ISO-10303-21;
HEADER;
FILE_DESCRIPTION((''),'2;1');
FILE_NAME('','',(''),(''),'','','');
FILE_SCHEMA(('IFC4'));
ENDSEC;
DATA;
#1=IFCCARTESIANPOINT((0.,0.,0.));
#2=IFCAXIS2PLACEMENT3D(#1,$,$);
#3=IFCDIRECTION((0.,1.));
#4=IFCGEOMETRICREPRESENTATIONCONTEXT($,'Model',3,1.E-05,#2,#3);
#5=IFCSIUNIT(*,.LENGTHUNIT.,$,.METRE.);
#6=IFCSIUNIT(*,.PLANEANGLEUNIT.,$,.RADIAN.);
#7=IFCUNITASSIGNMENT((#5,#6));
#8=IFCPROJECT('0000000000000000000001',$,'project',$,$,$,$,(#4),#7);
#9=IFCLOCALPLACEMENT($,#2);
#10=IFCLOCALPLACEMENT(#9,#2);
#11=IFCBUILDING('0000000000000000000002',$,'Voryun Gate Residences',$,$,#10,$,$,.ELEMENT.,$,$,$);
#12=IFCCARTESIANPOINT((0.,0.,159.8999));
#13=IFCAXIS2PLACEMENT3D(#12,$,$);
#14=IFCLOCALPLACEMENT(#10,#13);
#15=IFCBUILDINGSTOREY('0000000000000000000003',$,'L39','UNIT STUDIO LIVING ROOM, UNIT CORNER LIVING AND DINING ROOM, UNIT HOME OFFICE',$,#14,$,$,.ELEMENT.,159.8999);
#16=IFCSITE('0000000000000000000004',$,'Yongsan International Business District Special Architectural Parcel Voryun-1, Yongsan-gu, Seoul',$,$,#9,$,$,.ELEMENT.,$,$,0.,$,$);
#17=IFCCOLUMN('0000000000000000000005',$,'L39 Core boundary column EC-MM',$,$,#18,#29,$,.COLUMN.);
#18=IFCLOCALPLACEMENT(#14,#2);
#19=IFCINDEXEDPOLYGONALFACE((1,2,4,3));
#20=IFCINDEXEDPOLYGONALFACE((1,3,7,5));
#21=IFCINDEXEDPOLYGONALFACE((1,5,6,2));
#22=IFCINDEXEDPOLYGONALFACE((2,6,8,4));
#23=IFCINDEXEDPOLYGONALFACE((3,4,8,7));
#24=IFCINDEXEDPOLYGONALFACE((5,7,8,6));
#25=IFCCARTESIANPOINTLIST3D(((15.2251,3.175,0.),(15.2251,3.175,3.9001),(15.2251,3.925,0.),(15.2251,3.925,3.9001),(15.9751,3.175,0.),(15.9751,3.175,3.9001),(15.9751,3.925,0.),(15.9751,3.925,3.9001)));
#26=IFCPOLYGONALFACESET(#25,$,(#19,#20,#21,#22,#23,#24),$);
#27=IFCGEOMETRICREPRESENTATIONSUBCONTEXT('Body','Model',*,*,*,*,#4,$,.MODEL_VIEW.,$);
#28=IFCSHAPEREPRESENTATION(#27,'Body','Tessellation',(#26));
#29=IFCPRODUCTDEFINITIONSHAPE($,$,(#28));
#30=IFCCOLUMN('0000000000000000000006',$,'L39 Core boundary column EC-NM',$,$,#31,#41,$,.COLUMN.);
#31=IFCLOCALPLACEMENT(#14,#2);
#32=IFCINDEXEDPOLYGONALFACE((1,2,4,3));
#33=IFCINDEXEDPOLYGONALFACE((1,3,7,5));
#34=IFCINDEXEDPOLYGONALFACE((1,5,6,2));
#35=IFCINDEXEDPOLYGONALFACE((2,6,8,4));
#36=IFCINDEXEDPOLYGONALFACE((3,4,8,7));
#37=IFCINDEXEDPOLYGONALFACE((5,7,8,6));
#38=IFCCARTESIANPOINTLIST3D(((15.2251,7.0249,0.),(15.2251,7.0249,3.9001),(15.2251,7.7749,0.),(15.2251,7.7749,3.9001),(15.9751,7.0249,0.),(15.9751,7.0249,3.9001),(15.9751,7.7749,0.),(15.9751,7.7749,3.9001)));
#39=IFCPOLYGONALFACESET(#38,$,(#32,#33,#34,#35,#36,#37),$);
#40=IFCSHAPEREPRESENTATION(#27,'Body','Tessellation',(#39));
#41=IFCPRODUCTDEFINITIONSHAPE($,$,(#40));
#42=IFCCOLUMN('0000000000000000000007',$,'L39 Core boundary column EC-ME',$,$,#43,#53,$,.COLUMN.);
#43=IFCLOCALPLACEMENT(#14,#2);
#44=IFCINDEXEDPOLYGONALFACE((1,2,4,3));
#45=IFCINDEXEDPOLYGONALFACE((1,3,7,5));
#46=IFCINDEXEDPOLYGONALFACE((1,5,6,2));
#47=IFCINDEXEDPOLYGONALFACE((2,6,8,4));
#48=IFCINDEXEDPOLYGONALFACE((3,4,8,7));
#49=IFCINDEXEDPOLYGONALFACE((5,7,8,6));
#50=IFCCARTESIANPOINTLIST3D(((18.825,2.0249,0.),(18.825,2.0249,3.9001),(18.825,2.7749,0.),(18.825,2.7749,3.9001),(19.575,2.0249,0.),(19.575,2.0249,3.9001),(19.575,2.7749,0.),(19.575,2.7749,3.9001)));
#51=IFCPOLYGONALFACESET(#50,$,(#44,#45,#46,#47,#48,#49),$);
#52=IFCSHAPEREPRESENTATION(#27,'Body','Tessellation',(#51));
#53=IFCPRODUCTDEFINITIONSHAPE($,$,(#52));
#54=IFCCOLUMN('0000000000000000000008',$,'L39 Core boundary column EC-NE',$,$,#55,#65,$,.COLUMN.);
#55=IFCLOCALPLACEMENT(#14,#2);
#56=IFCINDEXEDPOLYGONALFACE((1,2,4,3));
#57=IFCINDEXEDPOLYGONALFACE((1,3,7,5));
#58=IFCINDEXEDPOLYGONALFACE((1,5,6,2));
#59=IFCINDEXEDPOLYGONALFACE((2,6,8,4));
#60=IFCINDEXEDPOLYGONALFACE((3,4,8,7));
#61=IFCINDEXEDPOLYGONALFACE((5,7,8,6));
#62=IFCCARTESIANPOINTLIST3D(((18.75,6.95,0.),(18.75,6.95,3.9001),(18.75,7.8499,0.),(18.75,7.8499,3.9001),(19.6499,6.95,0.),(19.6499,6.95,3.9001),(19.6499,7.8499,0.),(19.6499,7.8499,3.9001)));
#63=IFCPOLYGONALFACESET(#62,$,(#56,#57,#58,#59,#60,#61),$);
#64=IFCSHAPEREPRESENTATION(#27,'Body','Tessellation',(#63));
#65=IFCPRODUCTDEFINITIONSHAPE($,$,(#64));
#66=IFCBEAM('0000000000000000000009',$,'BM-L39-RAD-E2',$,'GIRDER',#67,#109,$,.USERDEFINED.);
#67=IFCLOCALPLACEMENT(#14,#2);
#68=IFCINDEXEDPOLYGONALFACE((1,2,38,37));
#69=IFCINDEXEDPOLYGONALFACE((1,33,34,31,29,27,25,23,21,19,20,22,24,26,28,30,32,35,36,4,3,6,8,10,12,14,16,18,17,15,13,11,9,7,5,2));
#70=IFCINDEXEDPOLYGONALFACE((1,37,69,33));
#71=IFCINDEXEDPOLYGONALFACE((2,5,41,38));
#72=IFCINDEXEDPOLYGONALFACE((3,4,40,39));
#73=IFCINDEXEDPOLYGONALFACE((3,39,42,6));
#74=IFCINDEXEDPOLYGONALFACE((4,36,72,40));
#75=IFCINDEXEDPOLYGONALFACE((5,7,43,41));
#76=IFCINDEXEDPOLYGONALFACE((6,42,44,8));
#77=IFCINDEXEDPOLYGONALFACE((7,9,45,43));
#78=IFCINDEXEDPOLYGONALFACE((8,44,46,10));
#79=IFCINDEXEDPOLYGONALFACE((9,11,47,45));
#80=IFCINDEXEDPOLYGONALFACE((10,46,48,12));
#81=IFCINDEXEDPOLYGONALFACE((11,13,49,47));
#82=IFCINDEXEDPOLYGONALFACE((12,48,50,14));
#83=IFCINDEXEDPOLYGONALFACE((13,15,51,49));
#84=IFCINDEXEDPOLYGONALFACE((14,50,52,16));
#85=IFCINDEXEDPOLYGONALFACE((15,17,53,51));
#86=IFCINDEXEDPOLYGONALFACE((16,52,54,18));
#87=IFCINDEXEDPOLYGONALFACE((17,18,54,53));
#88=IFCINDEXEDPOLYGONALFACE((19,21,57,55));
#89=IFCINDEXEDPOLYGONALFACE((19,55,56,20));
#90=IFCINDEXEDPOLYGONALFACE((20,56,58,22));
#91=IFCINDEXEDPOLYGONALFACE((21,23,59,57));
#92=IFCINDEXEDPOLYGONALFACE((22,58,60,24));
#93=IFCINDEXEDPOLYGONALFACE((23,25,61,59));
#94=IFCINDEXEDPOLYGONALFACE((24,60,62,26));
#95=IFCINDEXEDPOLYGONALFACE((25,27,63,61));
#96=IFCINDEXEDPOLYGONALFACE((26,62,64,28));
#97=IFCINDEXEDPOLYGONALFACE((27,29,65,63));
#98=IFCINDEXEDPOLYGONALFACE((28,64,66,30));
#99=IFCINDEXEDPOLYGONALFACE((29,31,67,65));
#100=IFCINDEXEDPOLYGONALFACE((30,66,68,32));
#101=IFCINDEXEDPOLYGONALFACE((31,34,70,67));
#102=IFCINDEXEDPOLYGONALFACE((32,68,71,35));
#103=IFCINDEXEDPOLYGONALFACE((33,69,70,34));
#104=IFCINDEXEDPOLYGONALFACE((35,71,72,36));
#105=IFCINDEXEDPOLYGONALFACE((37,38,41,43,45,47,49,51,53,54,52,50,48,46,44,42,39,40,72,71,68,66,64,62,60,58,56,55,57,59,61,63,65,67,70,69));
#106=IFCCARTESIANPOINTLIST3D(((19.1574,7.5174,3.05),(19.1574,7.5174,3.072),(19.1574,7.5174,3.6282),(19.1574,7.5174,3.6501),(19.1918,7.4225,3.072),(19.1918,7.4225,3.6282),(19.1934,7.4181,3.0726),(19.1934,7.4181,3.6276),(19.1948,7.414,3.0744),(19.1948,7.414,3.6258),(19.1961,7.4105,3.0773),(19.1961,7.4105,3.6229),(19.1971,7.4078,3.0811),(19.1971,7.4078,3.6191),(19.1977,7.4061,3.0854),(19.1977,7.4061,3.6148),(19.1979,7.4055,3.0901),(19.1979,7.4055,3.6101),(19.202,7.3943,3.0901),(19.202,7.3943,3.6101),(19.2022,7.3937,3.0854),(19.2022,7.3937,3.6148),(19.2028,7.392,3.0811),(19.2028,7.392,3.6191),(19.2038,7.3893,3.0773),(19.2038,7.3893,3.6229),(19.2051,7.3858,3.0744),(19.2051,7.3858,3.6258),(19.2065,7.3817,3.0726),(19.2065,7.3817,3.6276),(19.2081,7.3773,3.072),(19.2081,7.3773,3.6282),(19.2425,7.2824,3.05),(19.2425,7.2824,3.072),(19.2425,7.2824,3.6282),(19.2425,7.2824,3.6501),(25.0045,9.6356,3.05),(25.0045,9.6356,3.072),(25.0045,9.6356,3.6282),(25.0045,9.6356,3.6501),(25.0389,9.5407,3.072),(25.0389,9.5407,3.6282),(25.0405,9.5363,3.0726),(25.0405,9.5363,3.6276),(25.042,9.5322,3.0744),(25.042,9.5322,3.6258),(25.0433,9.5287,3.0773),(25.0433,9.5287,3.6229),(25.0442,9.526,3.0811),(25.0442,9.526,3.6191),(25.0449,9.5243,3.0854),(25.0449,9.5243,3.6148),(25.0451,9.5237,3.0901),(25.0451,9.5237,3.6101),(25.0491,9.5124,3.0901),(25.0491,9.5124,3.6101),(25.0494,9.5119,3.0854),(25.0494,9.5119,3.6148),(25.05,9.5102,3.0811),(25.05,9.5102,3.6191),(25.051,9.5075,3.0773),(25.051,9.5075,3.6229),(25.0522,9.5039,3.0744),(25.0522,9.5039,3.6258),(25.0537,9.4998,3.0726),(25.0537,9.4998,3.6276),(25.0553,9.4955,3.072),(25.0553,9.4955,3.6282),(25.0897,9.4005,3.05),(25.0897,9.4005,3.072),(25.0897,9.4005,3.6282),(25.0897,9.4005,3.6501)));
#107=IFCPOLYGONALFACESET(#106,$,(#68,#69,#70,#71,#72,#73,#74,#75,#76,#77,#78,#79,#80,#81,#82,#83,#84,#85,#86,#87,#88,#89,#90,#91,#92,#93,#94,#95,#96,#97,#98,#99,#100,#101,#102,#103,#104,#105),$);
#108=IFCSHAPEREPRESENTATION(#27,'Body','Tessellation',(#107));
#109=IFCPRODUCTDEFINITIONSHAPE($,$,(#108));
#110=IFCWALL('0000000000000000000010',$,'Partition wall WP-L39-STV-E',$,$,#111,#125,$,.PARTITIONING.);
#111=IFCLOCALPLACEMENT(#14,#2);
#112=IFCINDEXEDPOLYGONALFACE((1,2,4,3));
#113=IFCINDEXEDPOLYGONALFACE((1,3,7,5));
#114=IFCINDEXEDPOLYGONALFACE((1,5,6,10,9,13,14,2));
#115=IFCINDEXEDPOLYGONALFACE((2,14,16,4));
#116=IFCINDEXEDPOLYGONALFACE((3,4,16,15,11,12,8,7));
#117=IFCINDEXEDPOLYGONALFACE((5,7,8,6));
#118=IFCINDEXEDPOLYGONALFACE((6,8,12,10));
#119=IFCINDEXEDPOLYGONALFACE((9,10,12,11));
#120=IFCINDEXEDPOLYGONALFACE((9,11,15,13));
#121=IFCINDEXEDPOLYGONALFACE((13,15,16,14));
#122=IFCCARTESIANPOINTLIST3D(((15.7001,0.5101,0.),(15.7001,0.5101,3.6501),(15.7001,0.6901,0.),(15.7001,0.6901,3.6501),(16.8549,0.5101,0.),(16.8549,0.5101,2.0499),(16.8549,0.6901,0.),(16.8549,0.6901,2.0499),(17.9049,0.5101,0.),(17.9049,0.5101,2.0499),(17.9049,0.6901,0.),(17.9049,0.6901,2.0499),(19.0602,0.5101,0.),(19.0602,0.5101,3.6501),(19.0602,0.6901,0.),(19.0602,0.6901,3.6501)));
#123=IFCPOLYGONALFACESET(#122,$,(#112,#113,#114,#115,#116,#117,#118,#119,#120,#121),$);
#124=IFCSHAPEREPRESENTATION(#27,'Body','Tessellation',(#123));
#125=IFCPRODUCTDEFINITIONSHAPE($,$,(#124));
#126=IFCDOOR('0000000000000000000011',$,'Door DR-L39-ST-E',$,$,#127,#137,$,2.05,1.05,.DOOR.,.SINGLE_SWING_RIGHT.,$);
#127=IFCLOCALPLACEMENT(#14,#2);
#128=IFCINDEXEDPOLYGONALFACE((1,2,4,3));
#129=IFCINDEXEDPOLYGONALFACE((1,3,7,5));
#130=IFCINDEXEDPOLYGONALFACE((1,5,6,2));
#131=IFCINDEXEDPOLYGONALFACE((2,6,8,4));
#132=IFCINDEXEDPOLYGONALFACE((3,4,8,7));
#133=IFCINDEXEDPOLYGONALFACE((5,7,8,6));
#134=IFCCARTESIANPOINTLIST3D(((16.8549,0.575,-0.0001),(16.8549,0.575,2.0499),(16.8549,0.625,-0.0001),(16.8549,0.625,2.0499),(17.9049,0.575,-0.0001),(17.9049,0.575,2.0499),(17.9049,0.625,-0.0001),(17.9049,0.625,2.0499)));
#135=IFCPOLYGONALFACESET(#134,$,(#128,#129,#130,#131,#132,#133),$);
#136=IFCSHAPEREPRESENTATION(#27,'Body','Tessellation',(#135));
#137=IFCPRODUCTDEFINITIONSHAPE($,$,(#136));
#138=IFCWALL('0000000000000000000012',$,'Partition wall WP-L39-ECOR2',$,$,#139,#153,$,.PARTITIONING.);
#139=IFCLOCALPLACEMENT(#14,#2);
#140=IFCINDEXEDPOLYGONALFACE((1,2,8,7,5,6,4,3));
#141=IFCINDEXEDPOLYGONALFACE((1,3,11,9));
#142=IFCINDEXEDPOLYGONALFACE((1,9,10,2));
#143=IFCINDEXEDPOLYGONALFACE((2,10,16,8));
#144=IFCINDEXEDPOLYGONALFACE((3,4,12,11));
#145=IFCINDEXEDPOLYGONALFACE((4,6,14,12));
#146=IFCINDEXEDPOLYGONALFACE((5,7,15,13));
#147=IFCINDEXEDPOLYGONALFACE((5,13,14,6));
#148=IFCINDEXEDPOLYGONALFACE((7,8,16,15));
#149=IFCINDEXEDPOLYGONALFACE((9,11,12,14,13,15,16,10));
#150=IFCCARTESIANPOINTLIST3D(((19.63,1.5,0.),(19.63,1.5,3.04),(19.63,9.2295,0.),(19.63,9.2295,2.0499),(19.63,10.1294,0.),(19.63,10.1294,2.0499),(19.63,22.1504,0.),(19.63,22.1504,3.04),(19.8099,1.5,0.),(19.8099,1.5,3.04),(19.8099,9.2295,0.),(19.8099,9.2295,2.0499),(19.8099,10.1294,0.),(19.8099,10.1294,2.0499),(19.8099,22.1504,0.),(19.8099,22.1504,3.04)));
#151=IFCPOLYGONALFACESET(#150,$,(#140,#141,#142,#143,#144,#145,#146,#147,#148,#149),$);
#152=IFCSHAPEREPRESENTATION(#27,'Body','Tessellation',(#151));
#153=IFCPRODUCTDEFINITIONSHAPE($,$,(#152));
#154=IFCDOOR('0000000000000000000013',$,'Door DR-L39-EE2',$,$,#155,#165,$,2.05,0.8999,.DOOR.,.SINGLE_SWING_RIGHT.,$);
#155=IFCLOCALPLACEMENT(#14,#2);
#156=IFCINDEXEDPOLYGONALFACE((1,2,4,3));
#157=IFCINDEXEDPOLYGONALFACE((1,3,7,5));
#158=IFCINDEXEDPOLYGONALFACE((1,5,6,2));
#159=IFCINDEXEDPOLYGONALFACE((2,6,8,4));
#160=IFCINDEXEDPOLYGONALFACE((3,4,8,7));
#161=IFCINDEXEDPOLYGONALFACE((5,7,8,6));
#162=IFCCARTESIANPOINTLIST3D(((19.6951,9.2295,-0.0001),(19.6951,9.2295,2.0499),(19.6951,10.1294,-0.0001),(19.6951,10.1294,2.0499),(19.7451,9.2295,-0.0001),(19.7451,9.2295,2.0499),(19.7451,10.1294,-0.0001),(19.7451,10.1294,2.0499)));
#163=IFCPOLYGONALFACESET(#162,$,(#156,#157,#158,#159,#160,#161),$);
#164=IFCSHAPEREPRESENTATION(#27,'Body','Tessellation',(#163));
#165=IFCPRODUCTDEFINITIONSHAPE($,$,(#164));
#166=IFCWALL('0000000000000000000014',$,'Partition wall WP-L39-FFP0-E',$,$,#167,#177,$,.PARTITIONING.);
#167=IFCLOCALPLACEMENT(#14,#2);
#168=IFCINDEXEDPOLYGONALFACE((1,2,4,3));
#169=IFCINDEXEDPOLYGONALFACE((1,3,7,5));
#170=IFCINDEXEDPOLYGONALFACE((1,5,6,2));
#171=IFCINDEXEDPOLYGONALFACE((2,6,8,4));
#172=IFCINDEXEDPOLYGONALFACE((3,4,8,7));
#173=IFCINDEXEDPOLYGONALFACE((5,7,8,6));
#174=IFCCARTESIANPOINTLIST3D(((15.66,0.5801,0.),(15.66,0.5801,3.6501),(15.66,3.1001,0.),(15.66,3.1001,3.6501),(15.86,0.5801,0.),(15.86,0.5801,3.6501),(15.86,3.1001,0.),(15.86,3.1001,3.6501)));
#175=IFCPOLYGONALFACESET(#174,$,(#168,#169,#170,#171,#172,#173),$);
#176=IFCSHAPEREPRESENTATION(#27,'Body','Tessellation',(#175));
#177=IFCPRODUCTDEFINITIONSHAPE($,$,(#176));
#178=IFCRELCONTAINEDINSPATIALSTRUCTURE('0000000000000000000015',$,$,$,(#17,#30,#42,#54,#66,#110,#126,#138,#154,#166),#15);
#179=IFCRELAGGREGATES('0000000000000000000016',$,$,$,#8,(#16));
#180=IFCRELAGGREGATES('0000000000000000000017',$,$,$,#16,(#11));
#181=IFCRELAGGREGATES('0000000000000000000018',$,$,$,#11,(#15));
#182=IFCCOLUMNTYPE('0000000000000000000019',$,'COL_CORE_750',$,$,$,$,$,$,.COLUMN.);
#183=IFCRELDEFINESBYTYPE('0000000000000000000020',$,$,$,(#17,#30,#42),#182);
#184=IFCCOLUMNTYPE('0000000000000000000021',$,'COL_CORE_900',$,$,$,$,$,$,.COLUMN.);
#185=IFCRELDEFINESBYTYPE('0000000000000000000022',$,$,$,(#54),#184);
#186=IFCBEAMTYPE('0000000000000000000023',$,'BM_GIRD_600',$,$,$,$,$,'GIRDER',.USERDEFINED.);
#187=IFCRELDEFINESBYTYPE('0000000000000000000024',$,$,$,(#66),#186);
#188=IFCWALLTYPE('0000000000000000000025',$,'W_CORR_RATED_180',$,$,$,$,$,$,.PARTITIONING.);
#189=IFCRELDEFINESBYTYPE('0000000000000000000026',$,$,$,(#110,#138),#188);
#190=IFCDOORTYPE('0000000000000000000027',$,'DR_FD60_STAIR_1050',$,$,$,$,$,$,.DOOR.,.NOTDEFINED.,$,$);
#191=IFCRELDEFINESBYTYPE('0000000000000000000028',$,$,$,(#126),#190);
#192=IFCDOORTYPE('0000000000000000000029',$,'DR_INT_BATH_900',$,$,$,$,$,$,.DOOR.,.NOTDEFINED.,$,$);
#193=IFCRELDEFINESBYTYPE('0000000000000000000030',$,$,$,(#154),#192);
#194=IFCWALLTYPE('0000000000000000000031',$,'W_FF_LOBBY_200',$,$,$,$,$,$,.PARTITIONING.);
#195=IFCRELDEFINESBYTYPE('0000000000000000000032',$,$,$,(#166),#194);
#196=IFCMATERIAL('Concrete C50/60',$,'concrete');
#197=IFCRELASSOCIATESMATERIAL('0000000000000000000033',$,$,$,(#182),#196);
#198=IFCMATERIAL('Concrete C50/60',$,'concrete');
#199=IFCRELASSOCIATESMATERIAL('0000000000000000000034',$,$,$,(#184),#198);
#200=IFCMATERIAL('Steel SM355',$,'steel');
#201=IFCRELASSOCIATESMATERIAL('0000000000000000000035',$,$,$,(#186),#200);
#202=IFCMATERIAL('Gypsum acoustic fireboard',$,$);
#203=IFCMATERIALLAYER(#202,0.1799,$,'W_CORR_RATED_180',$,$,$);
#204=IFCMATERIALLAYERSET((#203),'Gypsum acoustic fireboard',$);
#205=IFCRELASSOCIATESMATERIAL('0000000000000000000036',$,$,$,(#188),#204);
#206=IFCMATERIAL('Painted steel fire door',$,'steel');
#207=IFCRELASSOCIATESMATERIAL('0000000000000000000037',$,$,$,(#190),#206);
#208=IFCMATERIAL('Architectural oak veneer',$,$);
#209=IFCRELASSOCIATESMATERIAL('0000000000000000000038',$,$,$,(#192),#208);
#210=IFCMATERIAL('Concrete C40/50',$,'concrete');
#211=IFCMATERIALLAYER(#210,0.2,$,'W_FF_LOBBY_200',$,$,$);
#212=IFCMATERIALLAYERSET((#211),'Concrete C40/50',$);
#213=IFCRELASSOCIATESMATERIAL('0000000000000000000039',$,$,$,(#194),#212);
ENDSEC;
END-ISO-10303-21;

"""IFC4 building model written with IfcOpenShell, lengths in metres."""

from ifc_helpers import new_model, si_unit, direction, frame, frame_2d, origin, origin_2d, place, context, subcontext, project, spatial, rectangle, i_section, extrude, material, layer, layer_set, material_profile, profile_set, type_object, element, fill, save


model = new_model("IFC4")

# Units and contexts
model_context = context("Model", 3, precision=1e-05, world=origin(), true_north=direction((0.0, 1.0)))
body_context = subcontext(model_context, "Body", "Model", "MODEL_VIEW")
ifc_project = project(units=[si_unit("LENGTHUNIT", "METRE"), si_unit("PLANEANGLEUNIT", "RADIAN")], contexts=[model_context])

# Site, building, storey
site_placement = place(None, origin())
site = spatial("IfcSite", under=ifc_project, at=site_placement, Name="Yongsan International Business District Special Architectural Parcel Voryun-1, Yongsan-gu, Seoul", CompositionType="ELEMENT", RefElevation=0.0)
building_placement = place(site_placement, origin())
building = spatial("IfcBuilding", under=site, at=building_placement, Name="Voryun Gate Residences", CompositionType="ELEMENT")
storey_placement = place(building_placement, frame((0.0, 0.0, 159.8999)))
storey = spatial("IfcBuildingStorey", under=building, at=storey_placement, Name="L39", Description="UNIT STUDIO LIVING ROOM, UNIT CORNER LIVING AND DINING ROOM, UNIT HOME OFFICE", CompositionType="ELEMENT", Elevation=159.8999)

# Columns
ifc_material_1 = material(Name="Concrete C50/60", Category="concrete")
ifc_material_profile_1 = material_profile(ifc_material_1, rectangle(XDim=0.75, YDim=0.75, at=origin_2d()), Name="RC-750x750")
ifc_profile_set_1 = profile_set([ifc_material_profile_1], Name="Concrete C50/60")
column_type_1 = type_object("IfcColumnType", Name="COL_CORE_750", PredefinedType="COLUMN", material=ifc_profile_set_1)
for number, where, z_axis, x_axis, name in (
    (1, (15.6001, 3.55, 0.0), (0.0, 0.0, 1.0), (1.0, 0.0, 0.0), "L39 Core boundary column EC-MM"),
    (2, (15.6001, 7.3999, 0.0), (0.0, 0.0, 1.0), (1.0, 0.0, 0.0), "L39 Core boundary column EC-NM"),
    (3, (19.2, 2.3999, 0.0), (0.0, 0.0, 1.0), (1.0, 0.0, 0.0), "L39 Core boundary column EC-ME"),
):
    element("IfcColumn", number, at=place(storey_placement, frame(where, z_axis=z_axis, x_axis=x_axis)), inside=storey, type_object=column_type_1, Name=name, PredefinedType="COLUMN", context=body_context, shape_type="SweptSolid", body=[
        extrude(rectangle(XDim=0.75, YDim=0.75, at=origin_2d()), origin(), (0.0, 0.0, 1.0), 3.9001),
    ])
ifc_material_2 = material(Name="Concrete C50/60", Category="concrete")
ifc_material_profile_2 = material_profile(ifc_material_2, rectangle(XDim=0.8999, YDim=0.8999, at=origin_2d()), Name="RC-900x900")
ifc_profile_set_2 = profile_set([ifc_material_profile_2], Name="Concrete C50/60")
column_type_2 = type_object("IfcColumnType", Name="COL_CORE_900", PredefinedType="COLUMN", material=ifc_profile_set_2)
column_placement = place(storey_placement, frame((19.2, 7.3999, 0.0), z_axis=(0.0, 0.0, 1.0), x_axis=(1.0, 0.0, 0.0)))
element("IfcColumn", 4, at=column_placement, inside=storey, type_object=column_type_2, Name="L39 Core boundary column EC-NE", PredefinedType="COLUMN", context=body_context, shape_type="SweptSolid", body=[
    extrude(rectangle(XDim=0.8999, YDim=0.8999, at=origin_2d()), origin(), (0.0, 0.0, 1.0), 3.9001),
])

# Beam
ifc_material_3 = material(Name="Steel SM355", Category="steel")
ifc_material_profile_3 = material_profile(ifc_material_3, i_section(OverallWidth=0.25, OverallDepth=0.6001, WebThickness=0.012, FlangeThickness=0.022, FilletRadius=0.0181, at=origin_2d()), Name="H-600x250x12x22")
ifc_profile_set_3 = profile_set([ifc_material_profile_3], Name="Steel SM355")
beam_type = type_object("IfcBeamType", Name="BM_GIRD_600", ElementType="GIRDER", PredefinedType="USERDEFINED", material=ifc_profile_set_3)
beam_placement = place(storey_placement, frame((19.2, 7.3999, 3.3501), z_axis=(0.94021, 0.340595, 0.0), x_axis=(-0.340595, 0.94021, 0.0)))
element("IfcBeam", 5, at=beam_placement, inside=storey, type_object=beam_type, Name="BM-L39-RAD-E2", ObjectType="GIRDER", PredefinedType="USERDEFINED", context=body_context, shape_type="SweptSolid", body=[
    extrude(i_section(OverallWidth=0.25, OverallDepth=0.6001, WebThickness=0.012, FlangeThickness=0.022, FilletRadius=0.0181, at=origin_2d()), origin(), (0.0, 0.0, 1.0), 6.219),
])

# Walls, openings, doors
ifc_material_4 = material(Name="Gypsum acoustic fireboard")
ifc_layer_1 = layer(ifc_material_4, 0.1799, Name="W_CORR_RATED_180")
ifc_layer_set_1 = layer_set([ifc_layer_1], Name="Gypsum acoustic fireboard")
wall_type_1 = type_object("IfcWallType", Name="W_CORR_RATED_180", PredefinedType="PARTITIONING", material=ifc_layer_set_1)
wall_1_placement = place(storey_placement, frame((15.7, 0.6001, 0.0), z_axis=(0.0, 0.0, 1.0), x_axis=(1.0, 0.0, 0.0)))
wall_1 = element("IfcWall", 6, at=wall_1_placement, inside=storey, type_object=wall_type_1, Name="Partition wall WP-L39-STV-E", PredefinedType="PARTITIONING", context=body_context, shape_type="SweptSolid", body=[
    extrude(rectangle(XDim=3.3601, YDim=0.1799, at=frame_2d((1.6802, 0.0))), origin(), (0.0, 0.0, 1.0), 3.6501),
])
opening_1_placement = place(wall_1_placement, frame((1.155, 0.0, 0.0)))
opening_1 = element("IfcOpeningElement", 7, at=opening_1_placement, cuts=wall_1, PredefinedType="OPENING", context=body_context, shape_type="SweptSolid", body=[
    extrude(rectangle(XDim=1.05, YDim=2.05, at=frame_2d((0.5249, 1.0249))), frame((0.0, 0.0999, 0.0), z_axis=(0.0, -1.0, 0.0), x_axis=(1.0, 0.0, 0.0)), (0.0, 0.0, 1.0), 0.2),
])
ifc_material_5 = material(Name="Painted steel fire door", Category="steel")
door_type_1 = type_object("IfcDoorType", Name="DR_FD60_STAIR_1050", OperationType="NOTDEFINED", PredefinedType="DOOR", material=ifc_material_5)
door_1_placement = place(opening_1_placement, origin())
door_1 = element("IfcDoor", 8, at=door_1_placement, inside=storey, type_object=door_type_1, Name="Door DR-L39-ST-E", OperationType="SINGLE_SWING_RIGHT", OverallHeight=2.05, OverallWidth=1.05, PredefinedType="DOOR", context=body_context, shape_type="SweptSolid", body=[
    extrude(rectangle(XDim=1.05, YDim=2.05, at=frame_2d((0.5249, 1.0249))), frame((0.0, 0.0249, 0.0), z_axis=(0.0, -1.0, 0.0), x_axis=(1.0, 0.0, 0.0)), (0.0, 0.0, 1.0), 0.05),
])
fill(opening_1, door_1)
wall_2_placement = place(storey_placement, frame((19.72, 1.5, 0.0), z_axis=(0.0, 0.0, 1.0), x_axis=(0.0, 1.0, 0.0)))
wall_2 = element("IfcWall", 9, at=wall_2_placement, inside=storey, type_object=wall_type_1, Name="Partition wall WP-L39-ECOR2", PredefinedType="PARTITIONING", context=body_context, shape_type="SweptSolid", body=[
    extrude(rectangle(XDim=20.6504, YDim=0.1799, at=frame_2d((10.3252, 0.0))), origin(), (0.0, 0.0, 1.0), 3.04),
])
opening_2_placement = place(wall_2_placement, frame((7.7295, 0.0, 0.0)))
opening_2 = element("IfcOpeningElement", 10, at=opening_2_placement, cuts=wall_2, PredefinedType="OPENING", context=body_context, shape_type="SweptSolid", body=[
    extrude(rectangle(XDim=0.8999, YDim=2.05, at=frame_2d((0.45, 1.0249))), frame((0.0, 0.0999, 0.0), z_axis=(0.0, -1.0, 0.0), x_axis=(1.0, 0.0, 0.0)), (0.0, 0.0, 1.0), 0.2),
])
ifc_material_6 = material(Name="Architectural oak veneer")
door_type_2 = type_object("IfcDoorType", Name="DR_INT_BATH_900", OperationType="NOTDEFINED", PredefinedType="DOOR", material=ifc_material_6)
door_2_placement = place(opening_2_placement, origin())
door_2 = element("IfcDoor", 11, at=door_2_placement, inside=storey, type_object=door_type_2, Name="Door DR-L39-EE2", OperationType="SINGLE_SWING_RIGHT", OverallHeight=2.05, OverallWidth=0.8999, PredefinedType="DOOR", context=body_context, shape_type="SweptSolid", body=[
    extrude(rectangle(XDim=0.8999, YDim=2.05, at=frame_2d((0.45, 1.0249))), frame((0.0, 0.0249, 0.0), z_axis=(0.0, -1.0, 0.0), x_axis=(1.0, 0.0, 0.0)), (0.0, 0.0, 1.0), 0.05),
])
fill(opening_2, door_2)

# Wall
ifc_material_7 = material(Name="Concrete C40/50", Category="concrete")
ifc_layer_2 = layer(ifc_material_7, 0.2, Name="W_FF_LOBBY_200")
ifc_layer_set_2 = layer_set([ifc_layer_2], Name="Concrete C40/50")
wall_type_2 = type_object("IfcWallType", Name="W_FF_LOBBY_200", PredefinedType="PARTITIONING", material=ifc_layer_set_2)
wall_3_placement = place(storey_placement, frame((15.76, 0.5801, 0.0), z_axis=(0.0, 0.0, 1.0), x_axis=(0.0, 1.0, 0.0)))
element("IfcWall", 12, at=wall_3_placement, inside=storey, type_object=wall_type_2, Name="Partition wall WP-L39-FFP0-E", PredefinedType="PARTITIONING", context=body_context, shape_type="SweptSolid", body=[
    extrude(rectangle(XDim=2.52, YDim=0.2, at=frame_2d((1.26, 0.0))), origin(), (0.0, 0.0, 1.0), 3.6501),
])

save(model, "model.ifc")
